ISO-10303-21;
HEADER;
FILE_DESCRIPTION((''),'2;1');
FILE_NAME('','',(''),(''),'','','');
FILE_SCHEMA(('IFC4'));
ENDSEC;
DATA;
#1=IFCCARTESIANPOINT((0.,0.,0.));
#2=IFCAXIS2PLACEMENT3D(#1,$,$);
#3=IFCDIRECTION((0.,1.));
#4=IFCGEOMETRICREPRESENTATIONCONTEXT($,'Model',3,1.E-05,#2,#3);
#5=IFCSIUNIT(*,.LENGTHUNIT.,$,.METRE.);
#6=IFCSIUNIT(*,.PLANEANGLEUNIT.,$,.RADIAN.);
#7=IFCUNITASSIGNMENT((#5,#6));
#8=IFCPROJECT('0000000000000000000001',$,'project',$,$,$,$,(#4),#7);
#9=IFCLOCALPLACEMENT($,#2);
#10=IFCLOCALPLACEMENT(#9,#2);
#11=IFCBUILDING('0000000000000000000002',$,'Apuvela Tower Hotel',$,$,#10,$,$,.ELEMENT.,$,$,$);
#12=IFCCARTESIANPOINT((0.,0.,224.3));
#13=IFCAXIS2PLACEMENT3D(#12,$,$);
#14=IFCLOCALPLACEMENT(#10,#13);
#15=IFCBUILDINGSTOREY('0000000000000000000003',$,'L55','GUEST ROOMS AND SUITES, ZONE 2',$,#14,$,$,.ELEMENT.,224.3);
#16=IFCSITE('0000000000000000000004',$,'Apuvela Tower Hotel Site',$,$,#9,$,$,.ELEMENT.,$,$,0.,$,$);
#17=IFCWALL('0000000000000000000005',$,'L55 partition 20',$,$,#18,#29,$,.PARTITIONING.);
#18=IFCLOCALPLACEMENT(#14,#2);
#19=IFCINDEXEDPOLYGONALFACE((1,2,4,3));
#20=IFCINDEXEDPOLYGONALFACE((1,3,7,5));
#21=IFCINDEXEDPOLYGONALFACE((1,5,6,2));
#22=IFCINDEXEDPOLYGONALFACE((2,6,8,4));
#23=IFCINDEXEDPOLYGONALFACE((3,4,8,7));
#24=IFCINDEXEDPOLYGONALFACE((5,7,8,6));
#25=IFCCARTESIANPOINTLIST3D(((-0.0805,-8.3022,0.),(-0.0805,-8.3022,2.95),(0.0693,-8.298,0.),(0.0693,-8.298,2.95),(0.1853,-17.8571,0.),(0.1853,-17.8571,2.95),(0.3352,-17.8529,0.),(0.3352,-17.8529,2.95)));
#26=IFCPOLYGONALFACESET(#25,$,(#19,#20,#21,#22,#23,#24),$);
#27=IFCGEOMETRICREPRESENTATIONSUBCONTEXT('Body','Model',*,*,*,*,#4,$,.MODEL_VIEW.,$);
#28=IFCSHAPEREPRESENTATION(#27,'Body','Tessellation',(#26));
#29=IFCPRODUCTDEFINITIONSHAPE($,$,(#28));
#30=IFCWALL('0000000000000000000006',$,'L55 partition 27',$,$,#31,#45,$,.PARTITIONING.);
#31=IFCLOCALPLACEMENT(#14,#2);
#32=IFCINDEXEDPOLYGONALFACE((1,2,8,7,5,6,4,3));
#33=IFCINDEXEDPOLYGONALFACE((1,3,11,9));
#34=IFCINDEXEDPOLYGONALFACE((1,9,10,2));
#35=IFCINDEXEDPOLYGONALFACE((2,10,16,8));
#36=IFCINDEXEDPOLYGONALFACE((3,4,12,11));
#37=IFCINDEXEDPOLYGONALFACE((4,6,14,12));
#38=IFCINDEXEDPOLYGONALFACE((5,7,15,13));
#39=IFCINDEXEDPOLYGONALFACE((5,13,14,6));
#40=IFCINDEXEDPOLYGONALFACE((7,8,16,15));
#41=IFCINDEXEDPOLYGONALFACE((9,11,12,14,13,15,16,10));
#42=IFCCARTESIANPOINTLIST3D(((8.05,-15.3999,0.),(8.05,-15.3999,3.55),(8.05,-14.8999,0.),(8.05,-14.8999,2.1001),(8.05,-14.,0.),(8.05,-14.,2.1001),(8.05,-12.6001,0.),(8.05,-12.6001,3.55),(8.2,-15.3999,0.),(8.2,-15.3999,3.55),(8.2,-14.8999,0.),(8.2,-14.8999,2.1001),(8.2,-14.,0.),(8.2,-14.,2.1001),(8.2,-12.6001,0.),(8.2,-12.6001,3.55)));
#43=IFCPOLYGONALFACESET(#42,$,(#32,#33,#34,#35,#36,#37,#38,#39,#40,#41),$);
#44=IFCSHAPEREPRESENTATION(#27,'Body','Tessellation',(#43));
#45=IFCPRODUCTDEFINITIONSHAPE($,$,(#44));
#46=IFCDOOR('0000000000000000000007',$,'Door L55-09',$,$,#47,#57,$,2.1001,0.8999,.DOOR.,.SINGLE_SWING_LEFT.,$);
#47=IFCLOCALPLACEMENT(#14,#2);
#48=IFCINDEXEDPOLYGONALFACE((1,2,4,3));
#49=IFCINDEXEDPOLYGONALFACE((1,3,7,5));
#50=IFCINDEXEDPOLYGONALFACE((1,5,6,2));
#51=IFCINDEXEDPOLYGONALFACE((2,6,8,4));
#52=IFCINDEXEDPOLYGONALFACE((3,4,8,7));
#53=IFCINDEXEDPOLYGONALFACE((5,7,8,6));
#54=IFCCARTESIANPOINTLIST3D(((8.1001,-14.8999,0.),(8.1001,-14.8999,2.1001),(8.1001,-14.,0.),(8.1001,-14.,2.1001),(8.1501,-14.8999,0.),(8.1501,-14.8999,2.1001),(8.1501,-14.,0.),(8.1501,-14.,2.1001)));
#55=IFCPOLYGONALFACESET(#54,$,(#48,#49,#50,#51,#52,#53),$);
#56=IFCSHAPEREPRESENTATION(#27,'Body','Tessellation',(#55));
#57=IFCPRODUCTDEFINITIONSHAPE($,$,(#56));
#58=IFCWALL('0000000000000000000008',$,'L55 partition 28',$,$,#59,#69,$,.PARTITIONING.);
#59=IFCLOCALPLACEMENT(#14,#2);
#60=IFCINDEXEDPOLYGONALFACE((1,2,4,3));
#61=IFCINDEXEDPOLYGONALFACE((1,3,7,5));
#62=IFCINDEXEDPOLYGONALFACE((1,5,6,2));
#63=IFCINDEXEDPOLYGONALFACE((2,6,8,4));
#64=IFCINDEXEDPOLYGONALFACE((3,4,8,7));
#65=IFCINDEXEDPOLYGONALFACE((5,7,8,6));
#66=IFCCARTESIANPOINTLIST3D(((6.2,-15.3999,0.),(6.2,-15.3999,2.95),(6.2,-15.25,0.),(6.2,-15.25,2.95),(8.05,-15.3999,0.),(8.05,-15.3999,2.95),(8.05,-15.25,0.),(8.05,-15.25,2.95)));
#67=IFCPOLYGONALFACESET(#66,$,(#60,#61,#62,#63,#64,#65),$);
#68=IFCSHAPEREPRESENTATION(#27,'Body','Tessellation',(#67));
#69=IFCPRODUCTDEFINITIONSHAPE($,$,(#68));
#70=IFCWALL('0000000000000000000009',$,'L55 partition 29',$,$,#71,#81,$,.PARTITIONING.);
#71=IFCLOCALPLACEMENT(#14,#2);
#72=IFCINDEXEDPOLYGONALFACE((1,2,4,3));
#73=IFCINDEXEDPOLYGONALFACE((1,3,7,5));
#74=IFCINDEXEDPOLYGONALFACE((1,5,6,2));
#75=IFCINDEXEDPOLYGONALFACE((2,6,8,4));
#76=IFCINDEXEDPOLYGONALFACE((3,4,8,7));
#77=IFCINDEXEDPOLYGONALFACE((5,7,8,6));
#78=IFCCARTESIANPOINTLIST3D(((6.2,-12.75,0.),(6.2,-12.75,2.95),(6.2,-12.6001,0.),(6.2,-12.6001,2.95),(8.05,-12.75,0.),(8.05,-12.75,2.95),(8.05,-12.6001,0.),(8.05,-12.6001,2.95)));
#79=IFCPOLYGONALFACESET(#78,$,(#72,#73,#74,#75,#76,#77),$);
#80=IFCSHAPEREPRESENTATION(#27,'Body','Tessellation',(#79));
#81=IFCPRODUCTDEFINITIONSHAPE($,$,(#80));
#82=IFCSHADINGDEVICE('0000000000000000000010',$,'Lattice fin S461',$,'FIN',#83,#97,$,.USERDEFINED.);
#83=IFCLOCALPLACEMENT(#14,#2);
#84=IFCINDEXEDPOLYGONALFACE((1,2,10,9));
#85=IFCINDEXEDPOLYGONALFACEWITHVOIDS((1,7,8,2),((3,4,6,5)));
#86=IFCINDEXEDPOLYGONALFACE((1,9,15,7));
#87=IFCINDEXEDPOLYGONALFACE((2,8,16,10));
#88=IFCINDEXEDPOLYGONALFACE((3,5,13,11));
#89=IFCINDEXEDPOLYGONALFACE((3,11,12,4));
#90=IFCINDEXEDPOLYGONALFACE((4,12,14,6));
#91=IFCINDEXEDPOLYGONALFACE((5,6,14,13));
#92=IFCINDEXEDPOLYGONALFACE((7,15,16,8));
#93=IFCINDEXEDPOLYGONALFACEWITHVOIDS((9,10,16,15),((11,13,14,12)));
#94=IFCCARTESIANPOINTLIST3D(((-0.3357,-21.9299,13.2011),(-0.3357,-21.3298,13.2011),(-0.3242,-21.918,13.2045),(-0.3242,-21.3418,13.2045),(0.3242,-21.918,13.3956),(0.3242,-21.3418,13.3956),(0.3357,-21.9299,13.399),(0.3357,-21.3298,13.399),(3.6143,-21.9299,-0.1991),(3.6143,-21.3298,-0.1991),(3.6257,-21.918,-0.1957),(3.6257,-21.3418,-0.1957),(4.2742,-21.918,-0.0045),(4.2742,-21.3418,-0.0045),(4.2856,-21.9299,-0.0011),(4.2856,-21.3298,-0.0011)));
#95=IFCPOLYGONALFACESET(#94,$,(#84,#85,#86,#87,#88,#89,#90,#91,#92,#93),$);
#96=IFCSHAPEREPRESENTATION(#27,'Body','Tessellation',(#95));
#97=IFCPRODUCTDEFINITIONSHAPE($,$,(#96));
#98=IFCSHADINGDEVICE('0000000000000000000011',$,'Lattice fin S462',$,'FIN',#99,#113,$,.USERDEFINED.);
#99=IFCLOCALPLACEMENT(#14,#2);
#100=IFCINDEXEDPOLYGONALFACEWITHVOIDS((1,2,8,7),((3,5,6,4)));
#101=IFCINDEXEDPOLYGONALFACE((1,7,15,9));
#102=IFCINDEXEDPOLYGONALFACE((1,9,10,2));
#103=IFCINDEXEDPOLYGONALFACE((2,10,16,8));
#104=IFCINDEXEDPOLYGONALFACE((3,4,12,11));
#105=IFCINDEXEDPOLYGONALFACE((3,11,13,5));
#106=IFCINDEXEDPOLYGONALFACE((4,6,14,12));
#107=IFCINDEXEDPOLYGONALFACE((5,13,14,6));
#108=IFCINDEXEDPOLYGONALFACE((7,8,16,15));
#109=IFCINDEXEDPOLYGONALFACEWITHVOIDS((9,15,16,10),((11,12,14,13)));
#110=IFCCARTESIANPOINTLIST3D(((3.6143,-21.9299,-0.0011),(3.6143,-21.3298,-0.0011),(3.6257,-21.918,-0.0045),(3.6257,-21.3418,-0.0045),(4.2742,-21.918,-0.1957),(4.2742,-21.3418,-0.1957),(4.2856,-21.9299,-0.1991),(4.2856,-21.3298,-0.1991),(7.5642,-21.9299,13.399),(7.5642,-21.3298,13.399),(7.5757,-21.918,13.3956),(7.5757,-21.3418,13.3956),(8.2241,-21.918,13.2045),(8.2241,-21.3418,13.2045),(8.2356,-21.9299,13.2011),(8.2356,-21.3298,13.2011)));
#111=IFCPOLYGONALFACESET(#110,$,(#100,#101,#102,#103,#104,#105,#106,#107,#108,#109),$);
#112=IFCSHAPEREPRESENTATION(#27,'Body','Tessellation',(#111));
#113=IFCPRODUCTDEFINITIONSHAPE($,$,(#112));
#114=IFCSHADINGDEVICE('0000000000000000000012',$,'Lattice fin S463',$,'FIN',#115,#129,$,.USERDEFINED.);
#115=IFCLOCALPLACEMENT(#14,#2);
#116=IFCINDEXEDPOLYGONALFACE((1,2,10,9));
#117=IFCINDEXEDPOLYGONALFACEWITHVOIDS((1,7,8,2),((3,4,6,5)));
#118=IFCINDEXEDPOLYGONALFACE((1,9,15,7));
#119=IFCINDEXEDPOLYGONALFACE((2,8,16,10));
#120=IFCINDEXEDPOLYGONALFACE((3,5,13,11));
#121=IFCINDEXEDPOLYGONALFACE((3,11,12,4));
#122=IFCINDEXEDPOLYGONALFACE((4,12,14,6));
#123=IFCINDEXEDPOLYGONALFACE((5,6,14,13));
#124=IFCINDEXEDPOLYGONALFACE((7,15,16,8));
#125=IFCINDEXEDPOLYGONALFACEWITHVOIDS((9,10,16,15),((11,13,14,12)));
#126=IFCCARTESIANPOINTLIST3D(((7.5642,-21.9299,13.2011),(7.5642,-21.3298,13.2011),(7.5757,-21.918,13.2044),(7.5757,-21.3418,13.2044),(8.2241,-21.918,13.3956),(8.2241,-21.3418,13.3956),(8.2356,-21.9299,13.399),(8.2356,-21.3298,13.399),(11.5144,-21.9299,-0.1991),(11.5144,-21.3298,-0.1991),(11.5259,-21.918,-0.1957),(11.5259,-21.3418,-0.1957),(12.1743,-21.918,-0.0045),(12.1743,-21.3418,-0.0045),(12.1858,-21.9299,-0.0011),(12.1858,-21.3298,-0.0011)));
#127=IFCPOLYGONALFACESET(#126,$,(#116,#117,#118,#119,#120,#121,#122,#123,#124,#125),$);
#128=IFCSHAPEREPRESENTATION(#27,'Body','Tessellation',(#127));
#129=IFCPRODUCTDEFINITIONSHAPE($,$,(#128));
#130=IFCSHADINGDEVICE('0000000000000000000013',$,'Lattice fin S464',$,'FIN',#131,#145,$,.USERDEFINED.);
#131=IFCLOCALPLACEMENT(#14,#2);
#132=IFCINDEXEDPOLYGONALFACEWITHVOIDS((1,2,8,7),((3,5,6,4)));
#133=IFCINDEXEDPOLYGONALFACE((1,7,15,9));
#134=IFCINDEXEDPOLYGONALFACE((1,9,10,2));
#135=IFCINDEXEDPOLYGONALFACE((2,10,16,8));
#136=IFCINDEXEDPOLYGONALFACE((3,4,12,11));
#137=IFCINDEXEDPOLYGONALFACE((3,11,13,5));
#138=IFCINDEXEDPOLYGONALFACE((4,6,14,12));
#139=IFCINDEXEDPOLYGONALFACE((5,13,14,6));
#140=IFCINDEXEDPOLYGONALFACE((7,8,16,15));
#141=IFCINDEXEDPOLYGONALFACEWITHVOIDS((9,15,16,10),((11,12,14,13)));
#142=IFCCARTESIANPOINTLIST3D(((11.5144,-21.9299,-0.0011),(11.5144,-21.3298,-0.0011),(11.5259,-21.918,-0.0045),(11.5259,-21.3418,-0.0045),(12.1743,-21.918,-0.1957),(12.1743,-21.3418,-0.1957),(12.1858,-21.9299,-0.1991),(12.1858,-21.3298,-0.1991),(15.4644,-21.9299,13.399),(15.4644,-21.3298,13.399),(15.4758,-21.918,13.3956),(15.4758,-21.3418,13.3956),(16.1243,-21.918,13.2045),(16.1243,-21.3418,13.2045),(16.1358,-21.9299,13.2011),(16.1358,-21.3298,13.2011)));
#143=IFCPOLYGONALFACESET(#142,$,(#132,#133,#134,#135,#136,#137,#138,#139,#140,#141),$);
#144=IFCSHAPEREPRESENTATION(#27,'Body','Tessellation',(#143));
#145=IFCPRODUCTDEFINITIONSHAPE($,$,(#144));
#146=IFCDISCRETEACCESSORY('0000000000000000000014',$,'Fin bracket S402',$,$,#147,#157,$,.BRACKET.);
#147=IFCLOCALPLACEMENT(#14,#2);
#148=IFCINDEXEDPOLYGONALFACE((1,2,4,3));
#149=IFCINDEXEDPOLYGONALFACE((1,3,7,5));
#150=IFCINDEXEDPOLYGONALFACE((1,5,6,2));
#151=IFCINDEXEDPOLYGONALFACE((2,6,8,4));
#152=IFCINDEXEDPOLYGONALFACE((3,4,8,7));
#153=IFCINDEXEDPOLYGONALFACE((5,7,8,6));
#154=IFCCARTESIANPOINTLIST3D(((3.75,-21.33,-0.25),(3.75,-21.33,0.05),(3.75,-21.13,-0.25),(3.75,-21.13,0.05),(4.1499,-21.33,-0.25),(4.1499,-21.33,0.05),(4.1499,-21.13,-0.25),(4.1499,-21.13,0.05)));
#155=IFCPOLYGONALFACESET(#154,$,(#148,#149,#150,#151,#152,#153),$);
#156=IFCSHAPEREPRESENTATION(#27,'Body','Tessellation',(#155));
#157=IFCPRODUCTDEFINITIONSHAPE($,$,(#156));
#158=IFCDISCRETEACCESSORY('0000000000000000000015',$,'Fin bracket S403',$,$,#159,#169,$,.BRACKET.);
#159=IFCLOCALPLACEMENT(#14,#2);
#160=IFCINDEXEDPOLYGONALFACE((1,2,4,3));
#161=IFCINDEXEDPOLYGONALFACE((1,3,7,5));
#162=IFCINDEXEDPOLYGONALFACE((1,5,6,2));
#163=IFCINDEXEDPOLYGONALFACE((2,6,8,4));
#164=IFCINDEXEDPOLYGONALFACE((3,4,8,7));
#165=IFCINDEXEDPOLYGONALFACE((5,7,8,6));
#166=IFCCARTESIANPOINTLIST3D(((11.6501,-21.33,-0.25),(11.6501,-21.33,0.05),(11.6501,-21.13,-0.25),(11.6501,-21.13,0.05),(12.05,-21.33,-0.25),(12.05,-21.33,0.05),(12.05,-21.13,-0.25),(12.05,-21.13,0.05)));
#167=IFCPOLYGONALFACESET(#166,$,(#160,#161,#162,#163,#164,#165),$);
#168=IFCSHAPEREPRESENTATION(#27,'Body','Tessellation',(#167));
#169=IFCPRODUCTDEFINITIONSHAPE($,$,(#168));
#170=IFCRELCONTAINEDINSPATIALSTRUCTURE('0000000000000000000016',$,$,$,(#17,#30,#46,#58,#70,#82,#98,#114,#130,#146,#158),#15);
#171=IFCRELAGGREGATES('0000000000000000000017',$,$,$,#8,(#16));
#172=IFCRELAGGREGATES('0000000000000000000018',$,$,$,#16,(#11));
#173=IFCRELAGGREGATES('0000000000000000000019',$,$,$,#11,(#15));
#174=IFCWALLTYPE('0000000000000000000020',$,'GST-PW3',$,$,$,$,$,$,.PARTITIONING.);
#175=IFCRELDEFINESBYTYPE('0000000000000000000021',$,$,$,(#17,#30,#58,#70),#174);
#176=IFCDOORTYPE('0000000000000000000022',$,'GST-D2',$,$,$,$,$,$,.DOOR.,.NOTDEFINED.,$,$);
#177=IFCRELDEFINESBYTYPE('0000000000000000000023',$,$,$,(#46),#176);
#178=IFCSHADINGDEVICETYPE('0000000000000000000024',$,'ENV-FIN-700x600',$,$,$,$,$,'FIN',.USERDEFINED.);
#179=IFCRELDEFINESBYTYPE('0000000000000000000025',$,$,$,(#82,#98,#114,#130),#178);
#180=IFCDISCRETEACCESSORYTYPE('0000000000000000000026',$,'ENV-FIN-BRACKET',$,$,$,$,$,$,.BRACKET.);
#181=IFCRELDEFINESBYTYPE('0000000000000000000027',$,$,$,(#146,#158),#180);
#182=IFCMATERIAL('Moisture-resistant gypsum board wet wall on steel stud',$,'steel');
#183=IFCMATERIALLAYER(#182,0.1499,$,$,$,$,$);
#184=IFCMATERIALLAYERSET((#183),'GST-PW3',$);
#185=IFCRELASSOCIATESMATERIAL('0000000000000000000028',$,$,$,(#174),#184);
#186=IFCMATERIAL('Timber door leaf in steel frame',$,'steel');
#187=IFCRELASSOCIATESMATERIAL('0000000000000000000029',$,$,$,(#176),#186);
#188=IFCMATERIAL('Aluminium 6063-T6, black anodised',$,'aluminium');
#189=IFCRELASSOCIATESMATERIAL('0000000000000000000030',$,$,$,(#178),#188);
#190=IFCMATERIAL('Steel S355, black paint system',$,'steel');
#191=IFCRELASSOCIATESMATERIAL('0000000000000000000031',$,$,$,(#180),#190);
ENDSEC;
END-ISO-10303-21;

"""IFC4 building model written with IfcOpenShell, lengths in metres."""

from ifc_helpers import new_model, si_unit, direction, frame, frame_2d, origin, origin_2d, place, context, subcontext, project, spatial, rectangle, hollow_rectangle, extrude, material, layer, layer_set, material_profile, profile_set, type_object, element, fill, save


model = new_model("IFC4")

# Units and contexts
model_context = context("Model", 3, precision=1e-05, world=origin(), true_north=direction((0.0, 1.0)))
body_context = subcontext(model_context, "Body", "Model", "MODEL_VIEW")
ifc_project = project(units=[si_unit("LENGTHUNIT", "METRE"), si_unit("PLANEANGLEUNIT", "RADIAN")], contexts=[model_context])

# Site, building, storey
site_placement = place(None, origin())
site = spatial("IfcSite", under=ifc_project, at=site_placement, Name="Apuvela Tower Hotel Site", CompositionType="ELEMENT", RefElevation=0.0)
building_placement = place(site_placement, origin())
building = spatial("IfcBuilding", under=site, at=building_placement, Name="Apuvela Tower Hotel", CompositionType="ELEMENT")
storey_placement = place(building_placement, frame((0.0, 0.0, 224.3)))
storey = spatial("IfcBuildingStorey", under=building, at=storey_placement, Name="L55", Description="GUEST ROOMS AND SUITES, ZONE 2", CompositionType="ELEMENT", Elevation=224.3)

# Wall
ifc_material_1 = material(Name="Moisture-resistant gypsum board wet wall on steel stud", Category="steel")
ifc_layer_1 = layer(ifc_material_1, 0.1499)
ifc_layer_set_1 = layer_set([ifc_layer_1], Name="GST-PW3")
wall_type_1 = type_object("IfcWallType", Name="GST-PW3", PredefinedType="PARTITIONING", material=ifc_layer_set_1)
wall_1_placement = place(storey_placement, frame((0.2603, -17.855, 0.0), z_axis=(0.0, 0.0, 1.0), x_axis=(-0.027815, 0.999613, 0.0)))
element("IfcWall", 1, at=wall_1_placement, inside=storey, type_object=wall_type_1, Name="L55 partition 20", PredefinedType="PARTITIONING", context=body_context, shape_type="SweptSolid", body=[
    extrude(rectangle(XDim=9.5586, YDim=0.1499, at=frame_2d((4.7793, 0.0))), origin(), (0.0, 0.0, 1.0), 2.95),
])

# Wall, opening, door
wall_2_placement = place(storey_placement, frame((8.125, -15.3999, 0.0), z_axis=(0.0, 0.0, 1.0), x_axis=(0.0, 1.0, 0.0)))
wall_2 = element("IfcWall", 2, at=wall_2_placement, inside=storey, type_object=wall_type_1, Name="L55 partition 27", PredefinedType="PARTITIONING", context=body_context, shape_type="SweptSolid", body=[
    extrude(rectangle(XDim=2.7998, YDim=0.1499, at=frame_2d((1.3999, 0.0))), origin(), (0.0, 0.0, 1.0), 3.55),
])
opening_1_placement = place(wall_2_placement, frame((0.5, 0.0, 0.0)))
opening_1 = element("IfcOpeningElement", 3, at=opening_1_placement, cuts=wall_2, PredefinedType="OPENING", context=body_context, shape_type="SweptSolid", body=[
    extrude(rectangle(XDim=0.8999, YDim=2.1001, at=frame_2d((0.45, 1.05))), frame((0.0, 0.085, 0.0), z_axis=(0.0, -1.0, 0.0), x_axis=(1.0, 0.0, 0.0)), (0.0, 0.0, 1.0), 0.1699),
])
ifc_material_2 = material(Name="Timber door leaf in steel frame", Category="steel")
door_type_1 = type_object("IfcDoorType", Name="GST-D2", OperationType="NOTDEFINED", PredefinedType="DOOR", material=ifc_material_2)
door_1_placement = place(opening_1_placement, origin())
door_1 = element("IfcDoor", 4, at=door_1_placement, inside=storey, type_object=door_type_1, Name="Door L55-09", OperationType="SINGLE_SWING_LEFT", OverallHeight=2.1001, OverallWidth=0.8999, PredefinedType="DOOR", context=body_context, shape_type="SweptSolid", body=[
    extrude(rectangle(XDim=0.8999, YDim=2.1001, at=frame_2d((0.45, 1.05))), frame((0.0, 0.0249, 0.0), z_axis=(0.0, -1.0, 0.0), x_axis=(1.0, 0.0, 0.0)), (0.0, 0.0, 1.0), 0.05),
])
fill(opening_1, door_1)

# Walls
for number, where, z_axis, x_axis, name in (
    (5, (6.2, -15.325, 0.0), (0.0, 0.0, 1.0), (1.0, 0.0, 0.0), "L55 partition 28"),
    (6, (6.2, -12.675, 0.0), (0.0, 0.0, 1.0), (1.0, 0.0, 0.0), "L55 partition 29"),
):
    element("IfcWall", number, at=place(storey_placement, frame(where, z_axis=z_axis, x_axis=x_axis)), inside=storey, type_object=wall_type_1, Name=name, PredefinedType="PARTITIONING", context=body_context, shape_type="SweptSolid", body=[
        extrude(rectangle(XDim=1.8501, YDim=0.1499, at=frame_2d((0.925, 0.0))), origin(), (0.0, 0.0, 1.0), 2.95),
    ])

# Shading devices
ifc_material_3 = material(Name="Aluminium 6063-T6, black anodised", Category="aluminium")
ifc_material_profile_1 = material_profile(ifc_material_3, hollow_rectangle(XDim=0.6001, YDim=0.7, WallThickness=0.012, at=origin_2d()), Name="AL BOX 700x600x12")
ifc_profile_set_1 = profile_set([ifc_material_profile_1], Name="Aluminium 6063-T6, black anodised")
shading_device_type = type_object("IfcShadingDeviceType", Name="ENV-FIN-700x600", ElementType="FIN", PredefinedType="USERDEFINED", material=ifc_profile_set_1)
for number, where, z_axis, x_axis, name in (
    (7, (3.95, -21.6299, -0.1001), (-0.282742, 0.0, 0.959196), (0.0, -1.0, 0.0), "Lattice fin S461"),
    (8, (3.95, -21.6299, -0.1001), (0.282742, 0.0, 0.959196), (0.0, 1.0, 0.0), "Lattice fin S462"),
    (9, (11.8501, -21.6299, -0.1001), (-0.282758, 0.0, 0.959191), (0.0, -1.0, 0.0), "Lattice fin S463"),
    (10, (11.8501, -21.6299, -0.1001), (0.282742, 0.0, 0.959196), (0.0, 1.0, 0.0), "Lattice fin S464"),
):
    element("IfcShadingDevice", number, at=place(storey_placement, frame(where, z_axis=z_axis, x_axis=x_axis)), inside=storey, type_object=shading_device_type, Name=name, ObjectType="FIN", PredefinedType="USERDEFINED", context=body_context, shape_type="SweptSolid", body=[
        extrude(hollow_rectangle(XDim=0.6001, YDim=0.7, WallThickness=0.012, at=origin_2d()), origin(), (0.0, 0.0, 1.0), 13.9702),
    ])

# Discrete accessories
ifc_material_4 = material(Name="Steel S355, black paint system", Category="steel")
discrete_accessory_type = type_object("IfcDiscreteAccessoryType", Name="ENV-FIN-BRACKET", PredefinedType="BRACKET", material=ifc_material_4)
for number, where, z_axis, x_axis, name in (
    (11, (3.95, -21.23, -0.25), (0.0, 0.0, 1.0), (1.0, 0.0, 0.0), "Fin bracket S402"),
    (12, (11.8501, -21.23, -0.25), (0.0, 0.0, 1.0), (1.0, 0.0, 0.0), "Fin bracket S403"),
):
    element("IfcDiscreteAccessory", number, at=place(storey_placement, frame(where, z_axis=z_axis, x_axis=x_axis)), inside=storey, type_object=discrete_accessory_type, Name=name, PredefinedType="BRACKET", context=body_context, shape_type="SweptSolid", body=[
        extrude(rectangle(XDim=0.3999, YDim=0.2, at=origin_2d()), origin(), (0.0, 0.0, 1.0), 0.3),
    ])

save(model, "model.ifc")
